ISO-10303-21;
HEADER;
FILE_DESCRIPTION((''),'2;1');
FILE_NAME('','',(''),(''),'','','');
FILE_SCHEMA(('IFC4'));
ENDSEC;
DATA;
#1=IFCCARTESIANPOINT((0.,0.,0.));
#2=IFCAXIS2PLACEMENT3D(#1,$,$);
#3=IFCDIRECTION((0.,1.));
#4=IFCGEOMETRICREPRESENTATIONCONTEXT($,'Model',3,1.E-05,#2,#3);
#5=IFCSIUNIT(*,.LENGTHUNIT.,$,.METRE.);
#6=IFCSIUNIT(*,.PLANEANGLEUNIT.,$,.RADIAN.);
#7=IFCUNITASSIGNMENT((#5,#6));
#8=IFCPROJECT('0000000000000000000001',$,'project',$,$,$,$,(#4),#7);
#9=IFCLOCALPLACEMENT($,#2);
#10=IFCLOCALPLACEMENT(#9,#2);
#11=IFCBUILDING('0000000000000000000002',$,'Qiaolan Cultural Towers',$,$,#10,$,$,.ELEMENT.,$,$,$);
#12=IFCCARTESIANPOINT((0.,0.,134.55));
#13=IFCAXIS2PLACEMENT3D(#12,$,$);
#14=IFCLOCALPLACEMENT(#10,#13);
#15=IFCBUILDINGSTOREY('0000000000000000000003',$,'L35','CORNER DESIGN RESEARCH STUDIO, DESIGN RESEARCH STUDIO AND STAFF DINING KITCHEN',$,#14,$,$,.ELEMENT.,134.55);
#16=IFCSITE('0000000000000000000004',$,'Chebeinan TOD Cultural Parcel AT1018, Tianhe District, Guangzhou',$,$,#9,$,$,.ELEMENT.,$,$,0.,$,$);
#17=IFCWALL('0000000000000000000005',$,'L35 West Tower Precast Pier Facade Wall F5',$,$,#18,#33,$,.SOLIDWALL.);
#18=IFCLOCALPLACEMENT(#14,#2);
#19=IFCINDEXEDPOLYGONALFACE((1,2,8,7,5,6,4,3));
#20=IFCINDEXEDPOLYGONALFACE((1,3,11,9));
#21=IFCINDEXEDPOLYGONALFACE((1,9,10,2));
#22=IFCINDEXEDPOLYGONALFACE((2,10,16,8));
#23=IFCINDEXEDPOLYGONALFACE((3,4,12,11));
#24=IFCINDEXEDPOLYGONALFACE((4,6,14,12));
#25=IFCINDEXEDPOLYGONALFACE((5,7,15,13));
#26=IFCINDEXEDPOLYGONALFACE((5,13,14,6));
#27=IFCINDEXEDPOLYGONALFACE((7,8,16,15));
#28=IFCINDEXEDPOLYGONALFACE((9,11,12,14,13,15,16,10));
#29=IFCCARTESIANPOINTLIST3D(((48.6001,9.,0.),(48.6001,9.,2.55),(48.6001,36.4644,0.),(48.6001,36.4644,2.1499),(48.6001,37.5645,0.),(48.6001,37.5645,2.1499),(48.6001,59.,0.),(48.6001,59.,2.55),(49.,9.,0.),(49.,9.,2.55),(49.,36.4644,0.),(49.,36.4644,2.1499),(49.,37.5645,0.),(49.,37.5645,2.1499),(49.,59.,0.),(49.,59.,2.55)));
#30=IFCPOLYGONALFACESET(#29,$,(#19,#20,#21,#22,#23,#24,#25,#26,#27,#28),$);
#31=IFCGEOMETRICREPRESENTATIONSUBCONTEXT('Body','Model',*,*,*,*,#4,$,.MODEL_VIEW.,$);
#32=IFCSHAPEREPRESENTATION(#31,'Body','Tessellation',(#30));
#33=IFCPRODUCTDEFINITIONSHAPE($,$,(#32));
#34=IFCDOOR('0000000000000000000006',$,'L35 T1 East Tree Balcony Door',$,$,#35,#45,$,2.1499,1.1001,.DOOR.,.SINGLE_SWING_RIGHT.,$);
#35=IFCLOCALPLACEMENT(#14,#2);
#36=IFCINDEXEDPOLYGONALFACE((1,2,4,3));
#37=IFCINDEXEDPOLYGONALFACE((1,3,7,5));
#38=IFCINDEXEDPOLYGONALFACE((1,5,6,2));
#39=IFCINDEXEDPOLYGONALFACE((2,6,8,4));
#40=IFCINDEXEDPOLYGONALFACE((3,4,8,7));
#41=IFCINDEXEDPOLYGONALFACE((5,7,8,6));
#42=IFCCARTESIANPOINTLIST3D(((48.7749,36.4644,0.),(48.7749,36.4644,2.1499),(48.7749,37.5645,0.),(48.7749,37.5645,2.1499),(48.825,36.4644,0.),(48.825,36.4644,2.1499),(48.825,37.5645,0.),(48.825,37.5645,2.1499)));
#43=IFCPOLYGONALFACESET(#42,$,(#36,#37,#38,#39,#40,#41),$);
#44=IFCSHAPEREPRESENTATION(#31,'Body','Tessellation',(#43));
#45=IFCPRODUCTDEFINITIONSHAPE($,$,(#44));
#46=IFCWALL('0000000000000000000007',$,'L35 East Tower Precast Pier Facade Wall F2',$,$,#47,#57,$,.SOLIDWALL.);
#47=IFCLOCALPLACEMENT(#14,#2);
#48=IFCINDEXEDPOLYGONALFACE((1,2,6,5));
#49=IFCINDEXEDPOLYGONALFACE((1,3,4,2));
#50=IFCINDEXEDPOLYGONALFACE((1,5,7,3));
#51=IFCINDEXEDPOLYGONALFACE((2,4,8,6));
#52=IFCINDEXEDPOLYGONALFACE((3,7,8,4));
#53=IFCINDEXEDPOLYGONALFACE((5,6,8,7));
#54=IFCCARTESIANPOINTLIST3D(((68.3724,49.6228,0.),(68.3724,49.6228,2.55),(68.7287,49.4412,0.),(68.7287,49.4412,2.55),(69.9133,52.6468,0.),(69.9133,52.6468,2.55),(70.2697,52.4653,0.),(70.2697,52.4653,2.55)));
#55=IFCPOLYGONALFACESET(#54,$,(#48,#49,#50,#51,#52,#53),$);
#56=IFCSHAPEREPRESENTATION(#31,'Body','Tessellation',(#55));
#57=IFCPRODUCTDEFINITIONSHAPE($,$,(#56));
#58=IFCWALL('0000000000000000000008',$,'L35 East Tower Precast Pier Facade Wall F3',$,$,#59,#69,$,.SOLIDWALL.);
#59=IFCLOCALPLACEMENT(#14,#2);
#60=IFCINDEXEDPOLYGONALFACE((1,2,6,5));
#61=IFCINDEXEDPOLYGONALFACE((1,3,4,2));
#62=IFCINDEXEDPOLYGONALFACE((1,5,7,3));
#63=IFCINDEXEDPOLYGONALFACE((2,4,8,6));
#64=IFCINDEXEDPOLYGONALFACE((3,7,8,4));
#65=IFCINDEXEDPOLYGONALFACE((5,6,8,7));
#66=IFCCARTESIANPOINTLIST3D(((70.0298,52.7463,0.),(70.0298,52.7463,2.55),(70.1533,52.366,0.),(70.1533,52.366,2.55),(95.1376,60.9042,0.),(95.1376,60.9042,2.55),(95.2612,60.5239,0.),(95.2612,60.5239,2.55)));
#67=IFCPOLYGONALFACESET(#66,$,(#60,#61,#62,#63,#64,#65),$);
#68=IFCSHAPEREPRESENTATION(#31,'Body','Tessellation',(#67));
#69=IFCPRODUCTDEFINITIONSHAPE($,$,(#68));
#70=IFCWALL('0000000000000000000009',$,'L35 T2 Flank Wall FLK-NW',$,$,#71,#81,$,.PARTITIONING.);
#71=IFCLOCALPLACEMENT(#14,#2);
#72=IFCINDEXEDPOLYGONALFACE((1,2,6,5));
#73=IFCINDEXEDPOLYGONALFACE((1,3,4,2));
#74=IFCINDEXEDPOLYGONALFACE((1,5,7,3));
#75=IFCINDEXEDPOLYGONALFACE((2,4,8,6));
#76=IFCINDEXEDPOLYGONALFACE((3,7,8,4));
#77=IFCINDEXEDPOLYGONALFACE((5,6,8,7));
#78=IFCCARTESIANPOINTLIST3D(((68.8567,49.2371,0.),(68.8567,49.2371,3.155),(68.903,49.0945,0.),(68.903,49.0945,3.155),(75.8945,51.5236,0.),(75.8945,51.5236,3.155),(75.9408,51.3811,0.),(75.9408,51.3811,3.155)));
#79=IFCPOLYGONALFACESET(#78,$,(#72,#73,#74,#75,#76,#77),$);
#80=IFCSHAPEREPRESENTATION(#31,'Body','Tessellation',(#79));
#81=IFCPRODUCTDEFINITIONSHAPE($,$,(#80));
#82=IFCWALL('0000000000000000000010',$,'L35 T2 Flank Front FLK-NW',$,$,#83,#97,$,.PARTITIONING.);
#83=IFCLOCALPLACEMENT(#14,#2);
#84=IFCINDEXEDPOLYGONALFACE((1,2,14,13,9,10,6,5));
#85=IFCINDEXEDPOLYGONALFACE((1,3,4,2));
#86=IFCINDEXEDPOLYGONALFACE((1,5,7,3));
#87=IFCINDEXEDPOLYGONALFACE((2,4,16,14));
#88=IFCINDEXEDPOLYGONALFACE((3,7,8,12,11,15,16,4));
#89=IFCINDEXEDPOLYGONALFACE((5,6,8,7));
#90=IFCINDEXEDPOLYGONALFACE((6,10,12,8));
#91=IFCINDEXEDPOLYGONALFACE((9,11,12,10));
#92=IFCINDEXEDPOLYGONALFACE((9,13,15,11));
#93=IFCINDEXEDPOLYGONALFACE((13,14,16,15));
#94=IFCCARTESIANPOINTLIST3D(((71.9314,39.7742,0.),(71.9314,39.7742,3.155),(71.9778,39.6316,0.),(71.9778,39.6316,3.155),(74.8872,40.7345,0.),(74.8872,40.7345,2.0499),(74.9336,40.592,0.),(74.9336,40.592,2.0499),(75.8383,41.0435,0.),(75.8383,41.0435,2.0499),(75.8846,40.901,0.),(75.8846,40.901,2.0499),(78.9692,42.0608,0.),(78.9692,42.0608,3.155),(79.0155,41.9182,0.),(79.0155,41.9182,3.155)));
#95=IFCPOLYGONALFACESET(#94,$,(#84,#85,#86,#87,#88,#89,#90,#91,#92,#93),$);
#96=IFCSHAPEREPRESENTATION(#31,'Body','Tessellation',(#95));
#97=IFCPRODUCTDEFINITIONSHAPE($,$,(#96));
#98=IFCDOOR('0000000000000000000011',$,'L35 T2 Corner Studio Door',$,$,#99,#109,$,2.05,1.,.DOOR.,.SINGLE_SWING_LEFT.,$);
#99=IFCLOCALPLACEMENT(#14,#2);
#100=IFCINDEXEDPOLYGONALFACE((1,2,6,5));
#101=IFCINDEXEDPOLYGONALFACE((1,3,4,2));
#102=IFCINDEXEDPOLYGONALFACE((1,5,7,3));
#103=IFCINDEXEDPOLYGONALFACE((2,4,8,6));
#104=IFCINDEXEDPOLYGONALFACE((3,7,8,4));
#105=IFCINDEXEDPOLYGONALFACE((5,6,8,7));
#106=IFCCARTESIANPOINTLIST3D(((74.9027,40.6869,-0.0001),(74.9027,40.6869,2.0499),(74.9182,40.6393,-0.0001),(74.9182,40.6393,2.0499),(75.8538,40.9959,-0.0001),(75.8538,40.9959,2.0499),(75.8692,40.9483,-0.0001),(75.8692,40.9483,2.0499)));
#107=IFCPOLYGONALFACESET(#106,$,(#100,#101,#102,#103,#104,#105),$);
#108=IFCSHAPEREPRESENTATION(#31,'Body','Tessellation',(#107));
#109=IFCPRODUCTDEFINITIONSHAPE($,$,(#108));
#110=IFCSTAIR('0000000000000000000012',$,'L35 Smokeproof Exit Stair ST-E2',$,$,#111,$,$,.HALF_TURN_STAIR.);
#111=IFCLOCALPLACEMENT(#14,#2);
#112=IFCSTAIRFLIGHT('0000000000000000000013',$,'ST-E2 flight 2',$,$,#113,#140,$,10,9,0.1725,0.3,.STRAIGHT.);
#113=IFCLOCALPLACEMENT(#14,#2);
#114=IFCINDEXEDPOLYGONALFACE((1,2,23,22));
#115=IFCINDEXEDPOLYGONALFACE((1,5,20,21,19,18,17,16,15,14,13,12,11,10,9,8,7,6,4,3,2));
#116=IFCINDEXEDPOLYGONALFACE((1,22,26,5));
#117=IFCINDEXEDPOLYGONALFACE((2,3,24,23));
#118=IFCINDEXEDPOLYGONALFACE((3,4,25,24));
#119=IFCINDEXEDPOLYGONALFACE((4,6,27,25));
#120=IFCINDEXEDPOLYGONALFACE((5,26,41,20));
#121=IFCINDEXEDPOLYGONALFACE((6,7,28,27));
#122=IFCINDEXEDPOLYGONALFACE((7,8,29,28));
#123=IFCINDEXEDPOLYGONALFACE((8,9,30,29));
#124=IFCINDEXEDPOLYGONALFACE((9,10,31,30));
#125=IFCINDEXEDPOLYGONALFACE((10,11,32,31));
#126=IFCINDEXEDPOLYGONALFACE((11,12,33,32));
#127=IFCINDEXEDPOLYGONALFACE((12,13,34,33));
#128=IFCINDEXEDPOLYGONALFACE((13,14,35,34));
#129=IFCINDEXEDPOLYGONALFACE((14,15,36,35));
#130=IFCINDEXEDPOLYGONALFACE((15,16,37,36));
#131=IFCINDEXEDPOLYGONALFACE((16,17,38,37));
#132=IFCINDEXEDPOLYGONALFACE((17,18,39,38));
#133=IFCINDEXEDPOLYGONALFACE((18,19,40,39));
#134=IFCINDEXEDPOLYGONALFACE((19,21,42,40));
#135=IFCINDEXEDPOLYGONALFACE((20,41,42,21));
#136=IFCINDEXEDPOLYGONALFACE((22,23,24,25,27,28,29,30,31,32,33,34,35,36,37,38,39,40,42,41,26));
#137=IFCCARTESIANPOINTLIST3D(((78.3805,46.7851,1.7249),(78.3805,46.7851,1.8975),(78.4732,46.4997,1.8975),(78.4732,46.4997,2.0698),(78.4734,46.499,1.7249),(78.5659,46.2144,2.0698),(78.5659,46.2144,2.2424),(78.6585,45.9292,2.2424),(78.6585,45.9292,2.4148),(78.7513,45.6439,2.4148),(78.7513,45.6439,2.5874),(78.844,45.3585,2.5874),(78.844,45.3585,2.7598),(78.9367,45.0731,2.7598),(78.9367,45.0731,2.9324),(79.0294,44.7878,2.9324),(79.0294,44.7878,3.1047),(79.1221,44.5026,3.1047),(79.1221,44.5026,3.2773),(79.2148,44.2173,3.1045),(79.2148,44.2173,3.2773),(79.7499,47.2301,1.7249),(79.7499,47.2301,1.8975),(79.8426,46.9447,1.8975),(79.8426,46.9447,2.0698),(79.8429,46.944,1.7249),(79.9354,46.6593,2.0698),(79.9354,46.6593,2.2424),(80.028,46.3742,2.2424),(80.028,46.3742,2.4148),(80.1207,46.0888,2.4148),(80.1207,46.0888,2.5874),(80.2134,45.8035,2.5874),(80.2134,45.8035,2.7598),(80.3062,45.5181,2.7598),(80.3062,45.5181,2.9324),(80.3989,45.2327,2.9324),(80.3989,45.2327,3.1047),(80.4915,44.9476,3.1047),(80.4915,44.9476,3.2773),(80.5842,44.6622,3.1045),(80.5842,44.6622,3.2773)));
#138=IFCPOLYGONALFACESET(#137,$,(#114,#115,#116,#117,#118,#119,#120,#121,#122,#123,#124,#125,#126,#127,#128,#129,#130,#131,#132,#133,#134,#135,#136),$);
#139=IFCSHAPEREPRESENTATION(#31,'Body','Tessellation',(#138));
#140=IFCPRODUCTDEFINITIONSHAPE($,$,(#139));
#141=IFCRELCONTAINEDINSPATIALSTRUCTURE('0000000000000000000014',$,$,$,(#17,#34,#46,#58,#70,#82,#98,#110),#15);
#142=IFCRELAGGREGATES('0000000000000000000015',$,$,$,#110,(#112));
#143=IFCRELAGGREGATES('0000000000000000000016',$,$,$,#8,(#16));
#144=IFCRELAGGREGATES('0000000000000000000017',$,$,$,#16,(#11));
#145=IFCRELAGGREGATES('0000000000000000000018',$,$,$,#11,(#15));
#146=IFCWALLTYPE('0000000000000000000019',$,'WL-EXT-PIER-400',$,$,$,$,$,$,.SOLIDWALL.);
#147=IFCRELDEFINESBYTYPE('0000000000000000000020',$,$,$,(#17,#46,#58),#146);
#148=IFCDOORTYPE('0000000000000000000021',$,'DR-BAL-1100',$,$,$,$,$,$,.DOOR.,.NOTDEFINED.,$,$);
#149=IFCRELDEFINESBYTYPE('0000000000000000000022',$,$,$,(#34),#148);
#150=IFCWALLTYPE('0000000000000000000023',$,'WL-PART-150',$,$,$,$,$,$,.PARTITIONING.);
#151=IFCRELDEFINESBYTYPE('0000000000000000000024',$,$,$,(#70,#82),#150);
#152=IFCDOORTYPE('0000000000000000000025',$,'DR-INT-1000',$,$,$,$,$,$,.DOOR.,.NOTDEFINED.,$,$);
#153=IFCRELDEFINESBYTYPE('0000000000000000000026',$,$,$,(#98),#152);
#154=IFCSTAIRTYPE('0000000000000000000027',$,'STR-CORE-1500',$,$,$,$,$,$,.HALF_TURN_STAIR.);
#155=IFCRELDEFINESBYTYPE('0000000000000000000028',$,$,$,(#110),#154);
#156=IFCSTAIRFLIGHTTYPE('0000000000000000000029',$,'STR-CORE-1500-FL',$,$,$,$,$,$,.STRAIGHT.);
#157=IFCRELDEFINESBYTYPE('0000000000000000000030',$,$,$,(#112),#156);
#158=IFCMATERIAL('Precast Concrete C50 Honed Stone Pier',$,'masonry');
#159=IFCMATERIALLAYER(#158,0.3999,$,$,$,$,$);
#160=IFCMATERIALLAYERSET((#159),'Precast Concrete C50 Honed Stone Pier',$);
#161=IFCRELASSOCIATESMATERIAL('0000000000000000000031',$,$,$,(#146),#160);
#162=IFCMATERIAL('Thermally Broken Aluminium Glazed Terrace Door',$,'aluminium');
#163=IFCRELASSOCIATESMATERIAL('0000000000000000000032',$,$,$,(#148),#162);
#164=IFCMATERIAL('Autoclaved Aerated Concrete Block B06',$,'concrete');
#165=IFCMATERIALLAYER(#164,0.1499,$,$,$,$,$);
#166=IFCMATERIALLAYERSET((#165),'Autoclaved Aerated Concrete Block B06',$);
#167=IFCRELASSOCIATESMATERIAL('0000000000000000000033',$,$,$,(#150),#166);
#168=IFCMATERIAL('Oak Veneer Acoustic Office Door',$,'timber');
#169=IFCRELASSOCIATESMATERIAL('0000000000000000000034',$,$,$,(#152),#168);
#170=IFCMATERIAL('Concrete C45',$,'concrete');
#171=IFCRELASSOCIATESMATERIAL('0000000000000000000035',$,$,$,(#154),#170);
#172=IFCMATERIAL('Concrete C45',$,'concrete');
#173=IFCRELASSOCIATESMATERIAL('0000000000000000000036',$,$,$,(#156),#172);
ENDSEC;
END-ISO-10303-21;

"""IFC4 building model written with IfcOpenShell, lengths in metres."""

from ifc_helpers import new_model, si_unit, direction, frame, frame_2d, origin, place, context, subcontext, project, spatial, polyline, rectangle, outline, extrude, material, layer, layer_set, type_object, element, fill, aggregate, save


model = new_model("IFC4")

# Units and contexts
model_context = context("Model", 3, precision=1e-05, world=origin(), true_north=direction((0.0, 1.0)))
body_context = subcontext(model_context, "Body", "Model", "MODEL_VIEW")
ifc_project = project(units=[si_unit("LENGTHUNIT", "METRE"), si_unit("PLANEANGLEUNIT", "RADIAN")], contexts=[model_context])

# Site, building, storey
site_placement = place(None, origin())
site = spatial("IfcSite", under=ifc_project, at=site_placement, Name="Chebeinan TOD Cultural Parcel AT1018, Tianhe District, Guangzhou", CompositionType="ELEMENT", RefElevation=0.0)
building_placement = place(site_placement, origin())
building = spatial("IfcBuilding", under=site, at=building_placement, Name="Qiaolan Cultural Towers", CompositionType="ELEMENT")
storey_placement = place(building_placement, frame((0.0, 0.0, 134.55)))
storey = spatial("IfcBuildingStorey", under=building, at=storey_placement, Name="L35", Description="CORNER DESIGN RESEARCH STUDIO, DESIGN RESEARCH STUDIO AND STAFF DINING KITCHEN", CompositionType="ELEMENT", Elevation=134.55)

# Wall, opening, door
ifc_material_1 = material(Name="Precast Concrete C50 Honed Stone Pier", Category="masonry")
ifc_layer_1 = layer(ifc_material_1, 0.3999)
ifc_layer_set_1 = layer_set([ifc_layer_1], Name="Precast Concrete C50 Honed Stone Pier")
wall_type_1 = type_object("IfcWallType", Name="WL-EXT-PIER-400", PredefinedType="SOLIDWALL", material=ifc_layer_set_1)
wall_1_placement = place(storey_placement, frame((48.8, 59.0, 0.0), z_axis=(0.0, 0.0, 1.0), x_axis=(0.0, -1.0, 0.0)))
wall_1 = element("IfcWall", 1, at=wall_1_placement, inside=storey, type_object=wall_type_1, Name="L35 West Tower Precast Pier Facade Wall F5", PredefinedType="SOLIDWALL", context=body_context, shape_type="SweptSolid", body=[
    extrude(rectangle(XDim=50.0, YDim=0.3999, at=frame_2d((25.0, 0.0))), origin(), (0.0, 0.0, 1.0), 2.55),
])
opening_1_placement = place(wall_1_placement, frame((21.4355, 0.0, 0.0)))
opening_1 = element("IfcOpeningElement", 2, at=opening_1_placement, cuts=wall_1, PredefinedType="OPENING", context=body_context, shape_type="SweptSolid", body=[
    extrude(rectangle(XDim=1.1001, YDim=2.1499, at=frame_2d((0.55, 1.075))), frame((0.0, 0.21, 0.0), z_axis=(0.0, -1.0, 0.0), x_axis=(1.0, 0.0, 0.0)), (0.0, 0.0, 1.0), 0.4199),
])
ifc_material_2 = material(Name="Thermally Broken Aluminium Glazed Terrace Door", Category="aluminium")
door_type_1 = type_object("IfcDoorType", Name="DR-BAL-1100", OperationType="NOTDEFINED", PredefinedType="DOOR", material=ifc_material_2)
door_1_placement = place(opening_1_placement, origin())
door_1 = element("IfcDoor", 3, at=door_1_placement, inside=storey, type_object=door_type_1, Name="L35 T1 East Tree Balcony Door", OperationType="SINGLE_SWING_RIGHT", OverallHeight=2.1499, OverallWidth=1.1001, PredefinedType="DOOR", context=body_context, shape_type="SweptSolid", body=[
    extrude(rectangle(XDim=1.1001, YDim=2.1499, at=frame_2d((0.55, 1.075))), frame((0.0, 0.0249, 0.0), z_axis=(0.0, -1.0, 0.0), x_axis=(1.0, 0.0, 0.0)), (0.0, 0.0, 1.0), 0.05),
])
fill(opening_1, door_1)

# Walls
wall_2_placement = place(storey_placement, frame((68.5505, 49.532, 0.0), z_axis=(0.0, 0.0, 1.0), x_axis=(0.45402, 0.890992, 0.0)))
element("IfcWall", 4, at=wall_2_placement, inside=storey, type_object=wall_type_1, Name="L35 East Tower Precast Pier Facade Wall F2", PredefinedType="SOLIDWALL", context=body_context, shape_type="SweptSolid", body=[
    extrude(rectangle(XDim=3.394, YDim=0.3999, at=frame_2d((1.697, 0.0))), origin(), (0.0, 0.0, 1.0), 2.55),
])
wall_3_placement = place(storey_placement, frame((70.0916, 52.5562, 0.0), z_axis=(0.0, 0.0, 1.0), x_axis=(0.951058, 0.309014, 0.0)))
element("IfcWall", 5, at=wall_3_placement, inside=storey, type_object=wall_type_1, Name="L35 East Tower Precast Pier Facade Wall F3", PredefinedType="SOLIDWALL", context=body_context, shape_type="SweptSolid", body=[
    extrude(rectangle(XDim=26.3999, YDim=0.3999, at=frame_2d((13.2, 0.0))), origin(), (0.0, 0.0, 1.0), 2.55),
])
ifc_material_3 = material(Name="Autoclaved Aerated Concrete Block B06", Category="concrete")
ifc_layer_2 = layer(ifc_material_3, 0.1499)
ifc_layer_set_2 = layer_set([ifc_layer_2], Name="Autoclaved Aerated Concrete Block B06")
wall_type_2 = type_object("IfcWallType", Name="WL-PART-150", PredefinedType="PARTITIONING", material=ifc_layer_set_2)
wall_4_placement = place(storey_placement, frame((68.8799, 49.1658, 0.0), z_axis=(0.0, 0.0, 1.0), x_axis=(0.951061, 0.309003, 0.0)))
element("IfcWall", 6, at=wall_4_placement, inside=storey, type_object=wall_type_2, Name="L35 T2 Flank Wall FLK-NW", PredefinedType="PARTITIONING", context=body_context, shape_type="SweptSolid", body=[
    extrude(rectangle(XDim=7.3999, YDim=0.1499, at=frame_2d((3.7, 0.0))), origin(), (0.0, 0.0, 1.0), 3.155),
])

# Wall, opening, door
wall_5_placement = place(storey_placement, frame((71.9546, 39.7029, 0.0), z_axis=(0.0, 0.0, 1.0), x_axis=(0.951061, 0.309003, 0.0)))
wall_5 = element("IfcWall", 7, at=wall_5_placement, inside=storey, type_object=wall_type_2, Name="L35 T2 Flank Front FLK-NW", PredefinedType="PARTITIONING", context=body_context, shape_type="SweptSolid", body=[
    extrude(rectangle(XDim=7.3999, YDim=0.1499, at=frame_2d((3.7, 0.0))), origin(), (0.0, 0.0, 1.0), 3.155),
])
opening_2_placement = place(wall_5_placement, frame((3.1079, 0.0, 0.0)))
opening_2 = element("IfcOpeningElement", 8, at=opening_2_placement, cuts=wall_5, PredefinedType="OPENING", context=body_context, shape_type="SweptSolid", body=[
    extrude(rectangle(XDim=1.0, YDim=2.05, at=frame_2d((0.5, 1.0249))), frame((0.0, 0.085, 0.0), z_axis=(0.0, -1.0, 0.0), x_axis=(1.0, 0.0, 0.0)), (0.0, 0.0, 1.0), 0.1699),
])
ifc_material_4 = material(Name="Oak Veneer Acoustic Office Door", Category="timber")
door_type_2 = type_object("IfcDoorType", Name="DR-INT-1000", OperationType="NOTDEFINED", PredefinedType="DOOR", material=ifc_material_4)
door_2_placement = place(opening_2_placement, origin())
door_2 = element("IfcDoor", 9, at=door_2_placement, inside=storey, type_object=door_type_2, Name="L35 T2 Corner Studio Door", OperationType="SINGLE_SWING_LEFT", OverallHeight=2.05, OverallWidth=1.0, PredefinedType="DOOR", context=body_context, shape_type="SweptSolid", body=[
    extrude(rectangle(XDim=1.0, YDim=2.05, at=frame_2d((0.5, 1.0249))), frame((0.0, 0.0249, 0.0), z_axis=(0.0, -1.0, 0.0), x_axis=(1.0, 0.0, 0.0)), (0.0, 0.0, 1.0), 0.05),
])
fill(opening_2, door_2)

# Stair, stair flight
ifc_material_5 = material(Name="Concrete C45", Category="concrete")
stair_type = type_object("IfcStairType", Name="STR-CORE-1500", PredefinedType="HALF_TURN_STAIR", material=ifc_material_5)
stair_placement = place(storey_placement, origin())
stair = element("IfcStair", 10, at=stair_placement, inside=storey, type_object=stair_type, Name="L35 Smokeproof Exit Stair ST-E2", PredefinedType="HALF_TURN_STAIR")
ifc_material_6 = material(Name="Concrete C45", Category="concrete")
stair_flight_type = type_object("IfcStairFlightType", Name="STR-CORE-1500-FL", PredefinedType="STRAIGHT", material=ifc_material_6)
stair_flight_placement = place(storey_placement, frame((79.0652, 47.0076, 1.7249), z_axis=(0.0, 0.0, 1.0), x_axis=(0.309017, -0.951057, 0.0)))
stair_flight = element("IfcStairFlight", 11, at=stair_flight_placement, type_object=stair_flight_type, Name="ST-E2 flight 2", NumberOfRisers=10, NumberOfTreads=9, PredefinedType="STRAIGHT", RiserHeight=0.1725, TreadLength=0.3, context=body_context, shape_type="SweptSolid", body=[
    extrude(outline(polyline([(0.0, 0.0), (0.0, 0.1726), (0.3, 0.1726), (0.3, 0.345), (0.6001, 0.345), (0.6001, 0.5176), (0.8999, 0.5176), (0.8999, 0.6899), (1.2, 0.6899), (1.2, 0.8625), (1.5, 0.8625), (1.5, 1.0349), (1.8, 1.0349), (1.8, 1.2075), (2.1001, 1.2075), (2.1001, 1.3799), (2.3999, 1.3799), (2.3999, 1.5525), (2.7, 1.5525), (2.7, 1.7251), (2.7, 1.3796), (0.3008, 0.0), (0.0, 0.0)])), frame((0.0, 0.72, 0.0), z_axis=(0.0, -1.0, 0.0), x_axis=(1.0, 0.0, 0.0)), (0.0, 0.0, 1.0), 1.4399),
])
aggregate(stair, [stair_flight])

save(model, "model.ifc")
